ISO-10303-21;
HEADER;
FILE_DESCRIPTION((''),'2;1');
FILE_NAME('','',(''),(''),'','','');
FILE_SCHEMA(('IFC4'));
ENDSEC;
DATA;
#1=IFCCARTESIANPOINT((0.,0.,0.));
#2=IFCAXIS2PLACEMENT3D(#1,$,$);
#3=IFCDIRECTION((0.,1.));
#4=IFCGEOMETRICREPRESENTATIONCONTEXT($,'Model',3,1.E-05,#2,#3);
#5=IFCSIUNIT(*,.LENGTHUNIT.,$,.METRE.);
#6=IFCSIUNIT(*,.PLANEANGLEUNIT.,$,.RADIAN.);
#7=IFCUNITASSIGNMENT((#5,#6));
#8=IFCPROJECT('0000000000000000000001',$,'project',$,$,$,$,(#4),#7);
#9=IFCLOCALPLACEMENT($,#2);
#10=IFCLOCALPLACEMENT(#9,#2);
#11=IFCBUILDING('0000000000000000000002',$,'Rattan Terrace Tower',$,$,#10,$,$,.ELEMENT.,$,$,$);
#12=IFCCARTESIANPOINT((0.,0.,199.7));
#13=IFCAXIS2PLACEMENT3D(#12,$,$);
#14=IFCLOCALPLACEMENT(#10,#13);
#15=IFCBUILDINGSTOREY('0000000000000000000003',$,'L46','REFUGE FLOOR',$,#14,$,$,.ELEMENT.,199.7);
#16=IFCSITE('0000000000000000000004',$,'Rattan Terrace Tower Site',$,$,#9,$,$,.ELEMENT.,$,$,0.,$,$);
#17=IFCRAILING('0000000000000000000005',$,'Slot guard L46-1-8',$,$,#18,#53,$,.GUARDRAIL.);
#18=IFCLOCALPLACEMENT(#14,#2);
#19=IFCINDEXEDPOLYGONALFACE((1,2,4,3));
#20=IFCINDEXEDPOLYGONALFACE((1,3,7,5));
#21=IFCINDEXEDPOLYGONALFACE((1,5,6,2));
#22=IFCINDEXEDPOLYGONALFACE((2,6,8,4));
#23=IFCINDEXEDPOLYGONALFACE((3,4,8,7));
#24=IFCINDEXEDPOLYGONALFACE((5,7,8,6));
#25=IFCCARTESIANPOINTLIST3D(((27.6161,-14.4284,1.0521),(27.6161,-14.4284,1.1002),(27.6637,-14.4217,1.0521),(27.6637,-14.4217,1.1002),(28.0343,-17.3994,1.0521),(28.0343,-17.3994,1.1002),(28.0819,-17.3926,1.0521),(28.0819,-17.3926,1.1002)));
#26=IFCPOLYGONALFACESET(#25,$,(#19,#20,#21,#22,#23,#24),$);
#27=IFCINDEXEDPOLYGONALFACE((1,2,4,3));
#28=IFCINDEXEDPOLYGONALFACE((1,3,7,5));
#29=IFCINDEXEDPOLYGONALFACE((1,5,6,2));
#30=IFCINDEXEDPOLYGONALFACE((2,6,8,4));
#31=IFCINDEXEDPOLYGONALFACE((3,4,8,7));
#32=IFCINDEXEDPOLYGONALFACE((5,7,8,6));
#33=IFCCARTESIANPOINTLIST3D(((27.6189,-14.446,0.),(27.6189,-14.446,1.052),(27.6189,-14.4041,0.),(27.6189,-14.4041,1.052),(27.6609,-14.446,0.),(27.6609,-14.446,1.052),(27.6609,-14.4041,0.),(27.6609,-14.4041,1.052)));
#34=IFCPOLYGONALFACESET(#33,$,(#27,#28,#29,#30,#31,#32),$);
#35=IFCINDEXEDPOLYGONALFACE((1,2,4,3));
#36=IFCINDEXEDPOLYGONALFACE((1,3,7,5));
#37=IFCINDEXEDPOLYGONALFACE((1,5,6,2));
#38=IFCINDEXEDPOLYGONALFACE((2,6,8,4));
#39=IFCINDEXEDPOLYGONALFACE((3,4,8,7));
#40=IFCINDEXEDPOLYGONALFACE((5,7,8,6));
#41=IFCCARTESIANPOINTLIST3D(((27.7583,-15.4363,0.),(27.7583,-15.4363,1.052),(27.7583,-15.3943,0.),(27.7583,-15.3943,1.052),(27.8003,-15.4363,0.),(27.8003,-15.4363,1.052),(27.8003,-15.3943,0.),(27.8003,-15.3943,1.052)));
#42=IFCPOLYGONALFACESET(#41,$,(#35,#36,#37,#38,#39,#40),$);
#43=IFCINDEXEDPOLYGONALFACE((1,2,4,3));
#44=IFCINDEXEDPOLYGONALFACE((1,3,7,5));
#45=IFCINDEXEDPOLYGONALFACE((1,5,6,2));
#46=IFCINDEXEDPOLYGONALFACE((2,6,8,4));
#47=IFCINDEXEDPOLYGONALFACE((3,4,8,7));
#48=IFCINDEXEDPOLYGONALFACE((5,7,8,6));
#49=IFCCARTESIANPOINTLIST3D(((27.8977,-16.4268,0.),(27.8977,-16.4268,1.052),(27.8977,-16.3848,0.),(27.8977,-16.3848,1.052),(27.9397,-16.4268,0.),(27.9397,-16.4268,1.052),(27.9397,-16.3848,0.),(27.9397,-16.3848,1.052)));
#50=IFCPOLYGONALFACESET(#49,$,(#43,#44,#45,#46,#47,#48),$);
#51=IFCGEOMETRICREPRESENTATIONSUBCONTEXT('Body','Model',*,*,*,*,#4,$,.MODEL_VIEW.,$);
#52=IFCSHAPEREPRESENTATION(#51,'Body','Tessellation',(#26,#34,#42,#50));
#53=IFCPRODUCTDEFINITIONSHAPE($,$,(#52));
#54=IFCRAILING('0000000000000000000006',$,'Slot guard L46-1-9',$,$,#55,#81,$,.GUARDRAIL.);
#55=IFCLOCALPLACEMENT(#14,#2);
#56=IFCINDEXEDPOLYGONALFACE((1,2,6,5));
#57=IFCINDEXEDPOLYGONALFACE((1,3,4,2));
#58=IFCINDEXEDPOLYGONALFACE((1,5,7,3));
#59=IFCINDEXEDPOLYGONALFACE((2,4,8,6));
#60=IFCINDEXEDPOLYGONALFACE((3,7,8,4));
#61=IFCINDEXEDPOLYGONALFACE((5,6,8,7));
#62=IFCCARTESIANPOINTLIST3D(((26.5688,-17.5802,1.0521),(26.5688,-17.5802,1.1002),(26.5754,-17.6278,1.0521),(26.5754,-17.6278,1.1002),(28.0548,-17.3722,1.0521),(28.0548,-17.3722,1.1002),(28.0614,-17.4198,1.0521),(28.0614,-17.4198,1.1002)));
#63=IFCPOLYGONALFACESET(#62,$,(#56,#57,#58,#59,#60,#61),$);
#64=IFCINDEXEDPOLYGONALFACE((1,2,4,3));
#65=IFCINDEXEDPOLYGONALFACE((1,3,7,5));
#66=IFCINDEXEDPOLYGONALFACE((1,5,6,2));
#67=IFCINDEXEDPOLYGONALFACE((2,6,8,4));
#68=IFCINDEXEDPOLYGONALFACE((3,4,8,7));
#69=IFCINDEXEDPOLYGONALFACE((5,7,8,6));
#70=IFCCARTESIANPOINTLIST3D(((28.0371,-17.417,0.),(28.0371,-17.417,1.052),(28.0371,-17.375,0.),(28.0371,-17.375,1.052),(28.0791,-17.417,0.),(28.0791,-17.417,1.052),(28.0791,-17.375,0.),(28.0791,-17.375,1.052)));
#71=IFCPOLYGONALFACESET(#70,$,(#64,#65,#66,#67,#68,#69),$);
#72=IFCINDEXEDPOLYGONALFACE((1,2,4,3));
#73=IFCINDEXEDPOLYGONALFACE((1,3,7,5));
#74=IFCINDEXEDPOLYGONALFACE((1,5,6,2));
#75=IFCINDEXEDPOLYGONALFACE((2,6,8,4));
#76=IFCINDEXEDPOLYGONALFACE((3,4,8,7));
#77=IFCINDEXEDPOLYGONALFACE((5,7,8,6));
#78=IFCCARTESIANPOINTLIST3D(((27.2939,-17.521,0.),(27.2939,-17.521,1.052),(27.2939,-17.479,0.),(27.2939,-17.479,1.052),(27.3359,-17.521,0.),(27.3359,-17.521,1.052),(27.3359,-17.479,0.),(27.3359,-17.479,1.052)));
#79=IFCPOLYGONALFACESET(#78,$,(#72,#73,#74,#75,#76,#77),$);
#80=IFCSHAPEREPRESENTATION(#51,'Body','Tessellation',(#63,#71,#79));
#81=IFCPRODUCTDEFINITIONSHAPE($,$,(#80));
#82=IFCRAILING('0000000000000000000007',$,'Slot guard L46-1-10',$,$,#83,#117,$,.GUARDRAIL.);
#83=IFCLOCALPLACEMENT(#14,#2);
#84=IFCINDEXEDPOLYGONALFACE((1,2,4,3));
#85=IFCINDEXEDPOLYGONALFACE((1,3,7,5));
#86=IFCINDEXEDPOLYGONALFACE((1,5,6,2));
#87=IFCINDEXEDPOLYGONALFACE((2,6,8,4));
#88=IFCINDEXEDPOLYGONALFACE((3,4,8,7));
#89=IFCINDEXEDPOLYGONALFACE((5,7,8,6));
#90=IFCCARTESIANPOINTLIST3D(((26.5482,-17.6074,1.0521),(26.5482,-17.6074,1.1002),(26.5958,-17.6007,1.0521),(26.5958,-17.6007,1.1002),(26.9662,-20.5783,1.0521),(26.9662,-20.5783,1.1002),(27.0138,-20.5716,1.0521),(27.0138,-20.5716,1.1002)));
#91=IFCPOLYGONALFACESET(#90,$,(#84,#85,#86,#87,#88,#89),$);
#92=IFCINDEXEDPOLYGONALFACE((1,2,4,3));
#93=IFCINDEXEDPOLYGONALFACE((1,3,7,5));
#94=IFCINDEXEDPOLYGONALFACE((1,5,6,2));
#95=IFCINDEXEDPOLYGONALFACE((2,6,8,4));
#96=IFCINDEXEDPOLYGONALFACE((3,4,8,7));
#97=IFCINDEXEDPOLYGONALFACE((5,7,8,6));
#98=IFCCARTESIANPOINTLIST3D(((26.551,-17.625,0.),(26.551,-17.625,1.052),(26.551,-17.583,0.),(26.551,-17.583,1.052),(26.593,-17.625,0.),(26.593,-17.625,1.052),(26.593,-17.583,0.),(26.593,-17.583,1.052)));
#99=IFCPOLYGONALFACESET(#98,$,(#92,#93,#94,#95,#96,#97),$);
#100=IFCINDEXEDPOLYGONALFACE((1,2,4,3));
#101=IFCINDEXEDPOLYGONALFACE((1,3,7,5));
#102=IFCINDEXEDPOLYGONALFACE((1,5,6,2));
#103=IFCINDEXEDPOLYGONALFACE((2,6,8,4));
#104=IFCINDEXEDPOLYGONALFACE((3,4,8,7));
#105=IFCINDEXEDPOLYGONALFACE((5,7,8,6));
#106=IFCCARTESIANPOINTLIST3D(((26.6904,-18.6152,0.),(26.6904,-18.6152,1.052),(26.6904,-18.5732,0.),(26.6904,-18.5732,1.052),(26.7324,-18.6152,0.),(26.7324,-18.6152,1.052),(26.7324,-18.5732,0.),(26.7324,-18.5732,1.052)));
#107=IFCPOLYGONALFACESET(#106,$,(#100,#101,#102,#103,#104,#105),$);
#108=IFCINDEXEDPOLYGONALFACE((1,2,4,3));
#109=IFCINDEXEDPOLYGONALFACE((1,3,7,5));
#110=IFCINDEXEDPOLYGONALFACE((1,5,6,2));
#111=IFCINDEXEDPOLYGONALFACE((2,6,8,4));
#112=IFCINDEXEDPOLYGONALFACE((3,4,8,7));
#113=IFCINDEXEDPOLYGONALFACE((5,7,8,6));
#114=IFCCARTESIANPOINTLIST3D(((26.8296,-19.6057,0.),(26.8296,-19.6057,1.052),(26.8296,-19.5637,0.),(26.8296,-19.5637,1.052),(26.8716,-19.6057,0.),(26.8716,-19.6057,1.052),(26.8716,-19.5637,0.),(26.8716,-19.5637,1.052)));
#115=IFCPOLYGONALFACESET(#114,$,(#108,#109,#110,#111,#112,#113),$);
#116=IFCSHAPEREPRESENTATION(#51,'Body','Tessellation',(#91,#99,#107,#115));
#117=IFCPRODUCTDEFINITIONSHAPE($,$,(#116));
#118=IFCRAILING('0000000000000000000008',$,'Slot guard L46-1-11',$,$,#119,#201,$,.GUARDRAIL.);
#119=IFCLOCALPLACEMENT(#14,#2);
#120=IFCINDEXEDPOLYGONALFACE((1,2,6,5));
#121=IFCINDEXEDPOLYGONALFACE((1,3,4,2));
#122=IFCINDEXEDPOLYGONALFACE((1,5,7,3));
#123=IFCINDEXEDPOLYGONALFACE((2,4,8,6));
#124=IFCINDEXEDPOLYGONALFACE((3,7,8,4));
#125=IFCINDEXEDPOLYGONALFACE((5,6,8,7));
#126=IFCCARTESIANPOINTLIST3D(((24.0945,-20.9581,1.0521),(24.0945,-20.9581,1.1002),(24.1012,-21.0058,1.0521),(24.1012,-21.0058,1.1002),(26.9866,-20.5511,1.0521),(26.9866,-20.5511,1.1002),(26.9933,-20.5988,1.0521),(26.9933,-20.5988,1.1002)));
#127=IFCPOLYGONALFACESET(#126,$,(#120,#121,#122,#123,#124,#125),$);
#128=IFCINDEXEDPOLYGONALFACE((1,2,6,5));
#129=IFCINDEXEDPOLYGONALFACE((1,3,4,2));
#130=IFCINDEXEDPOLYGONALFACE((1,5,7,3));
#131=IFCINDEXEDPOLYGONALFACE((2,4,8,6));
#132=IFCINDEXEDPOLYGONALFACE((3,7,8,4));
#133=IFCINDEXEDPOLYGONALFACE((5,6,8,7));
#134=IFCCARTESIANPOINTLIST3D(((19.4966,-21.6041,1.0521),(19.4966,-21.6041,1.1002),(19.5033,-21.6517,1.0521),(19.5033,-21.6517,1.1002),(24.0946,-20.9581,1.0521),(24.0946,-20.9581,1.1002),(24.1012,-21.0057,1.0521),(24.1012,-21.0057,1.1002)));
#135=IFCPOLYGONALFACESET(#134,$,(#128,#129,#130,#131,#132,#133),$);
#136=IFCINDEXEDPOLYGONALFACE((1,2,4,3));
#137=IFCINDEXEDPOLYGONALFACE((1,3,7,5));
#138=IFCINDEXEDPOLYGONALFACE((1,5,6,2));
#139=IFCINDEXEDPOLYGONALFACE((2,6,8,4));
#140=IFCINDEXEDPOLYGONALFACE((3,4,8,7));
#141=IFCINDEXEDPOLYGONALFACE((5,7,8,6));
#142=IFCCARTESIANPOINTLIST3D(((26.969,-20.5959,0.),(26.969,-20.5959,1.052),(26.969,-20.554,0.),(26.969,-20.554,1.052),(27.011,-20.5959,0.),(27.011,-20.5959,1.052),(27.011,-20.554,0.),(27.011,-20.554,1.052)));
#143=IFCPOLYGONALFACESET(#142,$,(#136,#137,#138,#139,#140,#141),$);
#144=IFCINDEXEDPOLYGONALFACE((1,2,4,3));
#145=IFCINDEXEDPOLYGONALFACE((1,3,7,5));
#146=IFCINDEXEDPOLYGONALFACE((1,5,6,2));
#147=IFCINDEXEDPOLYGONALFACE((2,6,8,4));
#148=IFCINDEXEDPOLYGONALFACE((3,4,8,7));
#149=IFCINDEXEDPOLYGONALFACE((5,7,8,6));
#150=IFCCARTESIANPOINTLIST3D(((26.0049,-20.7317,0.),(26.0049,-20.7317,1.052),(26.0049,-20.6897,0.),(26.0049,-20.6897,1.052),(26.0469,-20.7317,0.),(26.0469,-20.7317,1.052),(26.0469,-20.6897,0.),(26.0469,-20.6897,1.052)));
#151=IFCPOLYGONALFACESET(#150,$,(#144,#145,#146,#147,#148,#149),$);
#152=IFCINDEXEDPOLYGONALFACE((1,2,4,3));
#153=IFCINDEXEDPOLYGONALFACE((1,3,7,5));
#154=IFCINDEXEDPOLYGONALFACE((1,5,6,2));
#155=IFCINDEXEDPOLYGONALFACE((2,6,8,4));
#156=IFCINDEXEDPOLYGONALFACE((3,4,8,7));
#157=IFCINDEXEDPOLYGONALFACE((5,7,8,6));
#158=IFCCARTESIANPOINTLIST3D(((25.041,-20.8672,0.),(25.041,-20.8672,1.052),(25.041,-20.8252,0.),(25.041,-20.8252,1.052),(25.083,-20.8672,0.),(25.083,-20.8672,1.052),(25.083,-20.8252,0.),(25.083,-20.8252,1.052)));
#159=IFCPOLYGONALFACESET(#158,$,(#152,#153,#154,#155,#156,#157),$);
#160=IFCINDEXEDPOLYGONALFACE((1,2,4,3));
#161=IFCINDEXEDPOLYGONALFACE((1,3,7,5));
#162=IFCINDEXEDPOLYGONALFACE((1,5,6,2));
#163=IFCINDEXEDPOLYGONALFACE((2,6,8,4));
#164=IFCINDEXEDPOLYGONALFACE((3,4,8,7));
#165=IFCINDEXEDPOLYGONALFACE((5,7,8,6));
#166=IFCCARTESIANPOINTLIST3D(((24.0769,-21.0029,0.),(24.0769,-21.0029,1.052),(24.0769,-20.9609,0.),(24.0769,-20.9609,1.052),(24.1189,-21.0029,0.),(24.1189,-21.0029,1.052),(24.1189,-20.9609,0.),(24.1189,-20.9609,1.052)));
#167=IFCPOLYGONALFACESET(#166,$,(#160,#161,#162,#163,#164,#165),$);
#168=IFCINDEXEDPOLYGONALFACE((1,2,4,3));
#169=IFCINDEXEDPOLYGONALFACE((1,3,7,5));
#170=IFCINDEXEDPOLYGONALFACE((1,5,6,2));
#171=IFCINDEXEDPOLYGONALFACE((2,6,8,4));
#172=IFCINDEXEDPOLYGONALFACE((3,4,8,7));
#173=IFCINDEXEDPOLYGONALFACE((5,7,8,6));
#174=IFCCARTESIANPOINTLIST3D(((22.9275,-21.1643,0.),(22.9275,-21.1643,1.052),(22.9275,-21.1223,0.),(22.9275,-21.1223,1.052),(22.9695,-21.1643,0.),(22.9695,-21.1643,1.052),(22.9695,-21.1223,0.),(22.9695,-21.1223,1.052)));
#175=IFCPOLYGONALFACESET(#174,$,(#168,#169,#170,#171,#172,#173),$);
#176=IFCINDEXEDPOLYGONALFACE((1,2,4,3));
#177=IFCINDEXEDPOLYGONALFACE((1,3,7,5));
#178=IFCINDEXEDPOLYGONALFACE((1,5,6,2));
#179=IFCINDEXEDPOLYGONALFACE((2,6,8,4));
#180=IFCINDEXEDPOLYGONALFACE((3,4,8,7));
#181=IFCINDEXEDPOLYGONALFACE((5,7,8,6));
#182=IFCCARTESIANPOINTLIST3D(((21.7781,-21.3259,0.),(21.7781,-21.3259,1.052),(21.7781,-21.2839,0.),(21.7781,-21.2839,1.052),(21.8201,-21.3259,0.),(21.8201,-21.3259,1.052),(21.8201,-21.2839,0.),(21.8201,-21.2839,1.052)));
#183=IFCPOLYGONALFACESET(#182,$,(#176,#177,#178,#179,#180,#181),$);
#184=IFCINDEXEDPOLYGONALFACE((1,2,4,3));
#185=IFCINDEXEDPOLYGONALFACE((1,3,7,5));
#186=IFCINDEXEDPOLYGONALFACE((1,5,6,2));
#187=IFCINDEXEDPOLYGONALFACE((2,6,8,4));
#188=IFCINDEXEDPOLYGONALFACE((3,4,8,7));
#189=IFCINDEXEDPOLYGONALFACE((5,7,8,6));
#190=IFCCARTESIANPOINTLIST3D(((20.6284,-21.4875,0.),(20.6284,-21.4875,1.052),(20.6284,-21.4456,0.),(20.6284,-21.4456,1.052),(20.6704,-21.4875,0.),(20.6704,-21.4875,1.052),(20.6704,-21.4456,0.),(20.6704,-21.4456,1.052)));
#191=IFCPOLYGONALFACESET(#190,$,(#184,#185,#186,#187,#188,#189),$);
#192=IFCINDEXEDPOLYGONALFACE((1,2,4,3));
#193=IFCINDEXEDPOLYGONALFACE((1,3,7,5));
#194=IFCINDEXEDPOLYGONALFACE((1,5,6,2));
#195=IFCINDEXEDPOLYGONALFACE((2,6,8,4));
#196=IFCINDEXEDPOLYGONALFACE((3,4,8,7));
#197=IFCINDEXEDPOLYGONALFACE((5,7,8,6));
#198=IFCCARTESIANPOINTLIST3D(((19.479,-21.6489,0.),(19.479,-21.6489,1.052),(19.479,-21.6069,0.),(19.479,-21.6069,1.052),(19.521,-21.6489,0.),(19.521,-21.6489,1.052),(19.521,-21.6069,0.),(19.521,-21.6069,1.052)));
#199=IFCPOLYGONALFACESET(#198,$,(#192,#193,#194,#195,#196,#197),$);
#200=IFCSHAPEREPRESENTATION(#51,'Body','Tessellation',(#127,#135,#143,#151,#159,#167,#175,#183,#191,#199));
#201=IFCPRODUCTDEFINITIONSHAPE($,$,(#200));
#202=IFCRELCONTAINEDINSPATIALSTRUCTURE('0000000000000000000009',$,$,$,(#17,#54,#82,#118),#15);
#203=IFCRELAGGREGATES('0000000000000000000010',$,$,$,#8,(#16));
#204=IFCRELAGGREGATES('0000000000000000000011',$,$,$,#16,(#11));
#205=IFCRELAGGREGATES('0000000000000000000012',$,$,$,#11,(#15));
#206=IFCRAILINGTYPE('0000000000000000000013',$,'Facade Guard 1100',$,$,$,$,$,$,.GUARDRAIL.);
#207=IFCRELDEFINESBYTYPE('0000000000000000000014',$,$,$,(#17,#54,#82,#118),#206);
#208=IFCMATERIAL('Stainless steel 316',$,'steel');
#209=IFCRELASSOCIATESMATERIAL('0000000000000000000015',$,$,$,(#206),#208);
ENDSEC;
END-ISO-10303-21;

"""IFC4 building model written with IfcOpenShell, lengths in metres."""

from ifc_helpers import new_model, si_unit, direction, frame, origin, origin_2d, place, context, subcontext, project, spatial, rectangle, extrude, material, type_object, element, save


model = new_model("IFC4")

# Units and contexts
model_context = context("Model", 3, precision=1e-05, world=origin(), true_north=direction((0.0, 1.0)))
body_context = subcontext(model_context, "Body", "Model", "MODEL_VIEW")
ifc_project = project(units=[si_unit("LENGTHUNIT", "METRE"), si_unit("PLANEANGLEUNIT", "RADIAN")], contexts=[model_context])

# Site, building, storey
site_placement = place(None, origin())
site = spatial("IfcSite", under=ifc_project, at=site_placement, Name="Rattan Terrace Tower Site", CompositionType="ELEMENT", RefElevation=0.0)
building_placement = place(site_placement, origin())
building = spatial("IfcBuilding", under=site, at=building_placement, Name="Rattan Terrace Tower", CompositionType="ELEMENT")
storey_placement = place(building_placement, frame((0.0, 0.0, 199.7)))
storey = spatial("IfcBuildingStorey", under=building, at=storey_placement, Name="L46", Description="REFUGE FLOOR", CompositionType="ELEMENT", Elevation=199.7)

# Railings
ifc_material_1 = material(Name="Stainless steel 316", Category="steel")
railing_type_1 = type_object("IfcRailingType", Name="Facade Guard 1100", PredefinedType="GUARDRAIL", material=ifc_material_1)
railing_1_placement = place(storey_placement, frame((27.6399, -14.425, 0.0)))
element("IfcRailing", 1, at=railing_1_placement, inside=storey, type_object=railing_type_1, Name="Slot guard L46-1-8", PredefinedType="GUARDRAIL", context=body_context, shape_type="SweptSolid", body=[
    extrude(rectangle(XDim=0.0481, YDim=0.0481, at=origin_2d()), frame((0.0, 0.0, 1.0762), z_axis=(0.139393, -0.990237, 0.0), x_axis=(0.990237, 0.139393, 0.0)), (0.0, 0.0, 1.0), 3.0002),
    extrude(rectangle(XDim=0.042, YDim=0.042, at=origin_2d()), origin(), (0.0, 0.0, 1.0), 1.052),
    extrude(rectangle(XDim=0.042, YDim=0.042, at=origin_2d()), frame((0.1394, -0.9902, 0.0)), (0.0, 0.0, 1.0), 1.052),
    extrude(rectangle(XDim=0.042, YDim=0.042, at=origin_2d()), frame((0.2788, -1.9807, 0.0)), (0.0, 0.0, 1.0), 1.052),
])
railing_2_placement = place(storey_placement, frame((28.0581, -17.396, 0.0)))
element("IfcRailing", 2, at=railing_2_placement, inside=storey, type_object=railing_type_1, Name="Slot guard L46-1-9", PredefinedType="GUARDRAIL", context=body_context, shape_type="SweptSolid", body=[
    extrude(rectangle(XDim=0.0481, YDim=0.0481, at=origin_2d()), frame((0.0, 0.0, 1.0762), z_axis=(-0.990346, -0.138619, 0.0), x_axis=(0.138619, -0.990346, 0.0)), (0.0, 0.0, 1.0), 1.5005),
    extrude(rectangle(XDim=0.042, YDim=0.042, at=origin_2d()), origin(), (0.0, 0.0, 1.0), 1.052),
    extrude(rectangle(XDim=0.042, YDim=0.042, at=origin_2d()), frame((-0.7432, -0.104, 0.0)), (0.0, 0.0, 1.0), 1.052),
])
railing_3_placement = place(storey_placement, frame((26.572, -17.604, 0.0)))
element("IfcRailing", 3, at=railing_3_placement, inside=storey, type_object=railing_type_1, Name="Slot guard L46-1-10", PredefinedType="GUARDRAIL", context=body_context, shape_type="SweptSolid", body=[
    extrude(rectangle(XDim=0.0481, YDim=0.0481, at=origin_2d()), frame((0.0, 0.0, 1.0762), z_axis=(0.139313, -0.990248, 0.0), x_axis=(0.990248, 0.139313, 0.0)), (0.0, 0.0, 1.0), 3.0002),
    extrude(rectangle(XDim=0.042, YDim=0.042, at=origin_2d()), origin(), (0.0, 0.0, 1.0), 1.052),
    extrude(rectangle(XDim=0.042, YDim=0.042, at=origin_2d()), frame((0.1394, -0.9902, 0.0)), (0.0, 0.0, 1.0), 1.052),
    extrude(rectangle(XDim=0.042, YDim=0.042, at=origin_2d()), frame((0.2786, -1.9807, 0.0)), (0.0, 0.0, 1.0), 1.052),
])
railing_4_placement = place(storey_placement, frame((26.99, -20.575, 0.0)))
element("IfcRailing", 4, at=railing_4_placement, inside=storey, type_object=railing_type_1, Name="Slot guard L46-1-11", PredefinedType="GUARDRAIL", context=body_context, shape_type="SweptSolid", body=[
    extrude(rectangle(XDim=0.0481, YDim=0.0481, at=origin_2d()), frame((0.0, 0.0, 1.0762), z_axis=(-0.990243, -0.13935, 0.0), x_axis=(0.13935, -0.990243, 0.0)), (0.0, 0.0, 1.0), 2.9207),
    extrude(rectangle(XDim=0.0481, YDim=0.0481, at=origin_2d()), frame((-2.8921, -0.407, 1.0762), z_axis=(-0.990274, -0.139132, 0.0), x_axis=(0.139132, -0.990274, 0.0)), (0.0, 0.0, 1.0), 4.6431),
    extrude(rectangle(XDim=0.042, YDim=0.042, at=origin_2d()), origin(), (0.0, 0.0, 1.0), 1.052),
    extrude(rectangle(XDim=0.042, YDim=0.042, at=origin_2d()), frame((-0.9641, -0.1357, 0.0)), (0.0, 0.0, 1.0), 1.052),
    extrude(rectangle(XDim=0.042, YDim=0.042, at=origin_2d()), frame((-1.928, -0.2712, 0.0)), (0.0, 0.0, 1.0), 1.052),
    extrude(rectangle(XDim=0.042, YDim=0.042, at=origin_2d()), frame((-2.8921, -0.407, 0.0)), (0.0, 0.0, 1.0), 1.052),
    extrude(rectangle(XDim=0.042, YDim=0.042, at=origin_2d()), frame((-4.0415, -0.5684, 0.0)), (0.0, 0.0, 1.0), 1.052),
    extrude(rectangle(XDim=0.042, YDim=0.042, at=origin_2d()), frame((-5.1909, -0.73, 0.0)), (0.0, 0.0, 1.0), 1.052),
    extrude(rectangle(XDim=0.042, YDim=0.042, at=origin_2d()), frame((-6.3406, -0.8916, 0.0)), (0.0, 0.0, 1.0), 1.052),
    extrude(rectangle(XDim=0.042, YDim=0.042, at=origin_2d()), frame((-7.49, -1.053, 0.0)), (0.0, 0.0, 1.0), 1.052),
])

save(model, "model.ifc")
